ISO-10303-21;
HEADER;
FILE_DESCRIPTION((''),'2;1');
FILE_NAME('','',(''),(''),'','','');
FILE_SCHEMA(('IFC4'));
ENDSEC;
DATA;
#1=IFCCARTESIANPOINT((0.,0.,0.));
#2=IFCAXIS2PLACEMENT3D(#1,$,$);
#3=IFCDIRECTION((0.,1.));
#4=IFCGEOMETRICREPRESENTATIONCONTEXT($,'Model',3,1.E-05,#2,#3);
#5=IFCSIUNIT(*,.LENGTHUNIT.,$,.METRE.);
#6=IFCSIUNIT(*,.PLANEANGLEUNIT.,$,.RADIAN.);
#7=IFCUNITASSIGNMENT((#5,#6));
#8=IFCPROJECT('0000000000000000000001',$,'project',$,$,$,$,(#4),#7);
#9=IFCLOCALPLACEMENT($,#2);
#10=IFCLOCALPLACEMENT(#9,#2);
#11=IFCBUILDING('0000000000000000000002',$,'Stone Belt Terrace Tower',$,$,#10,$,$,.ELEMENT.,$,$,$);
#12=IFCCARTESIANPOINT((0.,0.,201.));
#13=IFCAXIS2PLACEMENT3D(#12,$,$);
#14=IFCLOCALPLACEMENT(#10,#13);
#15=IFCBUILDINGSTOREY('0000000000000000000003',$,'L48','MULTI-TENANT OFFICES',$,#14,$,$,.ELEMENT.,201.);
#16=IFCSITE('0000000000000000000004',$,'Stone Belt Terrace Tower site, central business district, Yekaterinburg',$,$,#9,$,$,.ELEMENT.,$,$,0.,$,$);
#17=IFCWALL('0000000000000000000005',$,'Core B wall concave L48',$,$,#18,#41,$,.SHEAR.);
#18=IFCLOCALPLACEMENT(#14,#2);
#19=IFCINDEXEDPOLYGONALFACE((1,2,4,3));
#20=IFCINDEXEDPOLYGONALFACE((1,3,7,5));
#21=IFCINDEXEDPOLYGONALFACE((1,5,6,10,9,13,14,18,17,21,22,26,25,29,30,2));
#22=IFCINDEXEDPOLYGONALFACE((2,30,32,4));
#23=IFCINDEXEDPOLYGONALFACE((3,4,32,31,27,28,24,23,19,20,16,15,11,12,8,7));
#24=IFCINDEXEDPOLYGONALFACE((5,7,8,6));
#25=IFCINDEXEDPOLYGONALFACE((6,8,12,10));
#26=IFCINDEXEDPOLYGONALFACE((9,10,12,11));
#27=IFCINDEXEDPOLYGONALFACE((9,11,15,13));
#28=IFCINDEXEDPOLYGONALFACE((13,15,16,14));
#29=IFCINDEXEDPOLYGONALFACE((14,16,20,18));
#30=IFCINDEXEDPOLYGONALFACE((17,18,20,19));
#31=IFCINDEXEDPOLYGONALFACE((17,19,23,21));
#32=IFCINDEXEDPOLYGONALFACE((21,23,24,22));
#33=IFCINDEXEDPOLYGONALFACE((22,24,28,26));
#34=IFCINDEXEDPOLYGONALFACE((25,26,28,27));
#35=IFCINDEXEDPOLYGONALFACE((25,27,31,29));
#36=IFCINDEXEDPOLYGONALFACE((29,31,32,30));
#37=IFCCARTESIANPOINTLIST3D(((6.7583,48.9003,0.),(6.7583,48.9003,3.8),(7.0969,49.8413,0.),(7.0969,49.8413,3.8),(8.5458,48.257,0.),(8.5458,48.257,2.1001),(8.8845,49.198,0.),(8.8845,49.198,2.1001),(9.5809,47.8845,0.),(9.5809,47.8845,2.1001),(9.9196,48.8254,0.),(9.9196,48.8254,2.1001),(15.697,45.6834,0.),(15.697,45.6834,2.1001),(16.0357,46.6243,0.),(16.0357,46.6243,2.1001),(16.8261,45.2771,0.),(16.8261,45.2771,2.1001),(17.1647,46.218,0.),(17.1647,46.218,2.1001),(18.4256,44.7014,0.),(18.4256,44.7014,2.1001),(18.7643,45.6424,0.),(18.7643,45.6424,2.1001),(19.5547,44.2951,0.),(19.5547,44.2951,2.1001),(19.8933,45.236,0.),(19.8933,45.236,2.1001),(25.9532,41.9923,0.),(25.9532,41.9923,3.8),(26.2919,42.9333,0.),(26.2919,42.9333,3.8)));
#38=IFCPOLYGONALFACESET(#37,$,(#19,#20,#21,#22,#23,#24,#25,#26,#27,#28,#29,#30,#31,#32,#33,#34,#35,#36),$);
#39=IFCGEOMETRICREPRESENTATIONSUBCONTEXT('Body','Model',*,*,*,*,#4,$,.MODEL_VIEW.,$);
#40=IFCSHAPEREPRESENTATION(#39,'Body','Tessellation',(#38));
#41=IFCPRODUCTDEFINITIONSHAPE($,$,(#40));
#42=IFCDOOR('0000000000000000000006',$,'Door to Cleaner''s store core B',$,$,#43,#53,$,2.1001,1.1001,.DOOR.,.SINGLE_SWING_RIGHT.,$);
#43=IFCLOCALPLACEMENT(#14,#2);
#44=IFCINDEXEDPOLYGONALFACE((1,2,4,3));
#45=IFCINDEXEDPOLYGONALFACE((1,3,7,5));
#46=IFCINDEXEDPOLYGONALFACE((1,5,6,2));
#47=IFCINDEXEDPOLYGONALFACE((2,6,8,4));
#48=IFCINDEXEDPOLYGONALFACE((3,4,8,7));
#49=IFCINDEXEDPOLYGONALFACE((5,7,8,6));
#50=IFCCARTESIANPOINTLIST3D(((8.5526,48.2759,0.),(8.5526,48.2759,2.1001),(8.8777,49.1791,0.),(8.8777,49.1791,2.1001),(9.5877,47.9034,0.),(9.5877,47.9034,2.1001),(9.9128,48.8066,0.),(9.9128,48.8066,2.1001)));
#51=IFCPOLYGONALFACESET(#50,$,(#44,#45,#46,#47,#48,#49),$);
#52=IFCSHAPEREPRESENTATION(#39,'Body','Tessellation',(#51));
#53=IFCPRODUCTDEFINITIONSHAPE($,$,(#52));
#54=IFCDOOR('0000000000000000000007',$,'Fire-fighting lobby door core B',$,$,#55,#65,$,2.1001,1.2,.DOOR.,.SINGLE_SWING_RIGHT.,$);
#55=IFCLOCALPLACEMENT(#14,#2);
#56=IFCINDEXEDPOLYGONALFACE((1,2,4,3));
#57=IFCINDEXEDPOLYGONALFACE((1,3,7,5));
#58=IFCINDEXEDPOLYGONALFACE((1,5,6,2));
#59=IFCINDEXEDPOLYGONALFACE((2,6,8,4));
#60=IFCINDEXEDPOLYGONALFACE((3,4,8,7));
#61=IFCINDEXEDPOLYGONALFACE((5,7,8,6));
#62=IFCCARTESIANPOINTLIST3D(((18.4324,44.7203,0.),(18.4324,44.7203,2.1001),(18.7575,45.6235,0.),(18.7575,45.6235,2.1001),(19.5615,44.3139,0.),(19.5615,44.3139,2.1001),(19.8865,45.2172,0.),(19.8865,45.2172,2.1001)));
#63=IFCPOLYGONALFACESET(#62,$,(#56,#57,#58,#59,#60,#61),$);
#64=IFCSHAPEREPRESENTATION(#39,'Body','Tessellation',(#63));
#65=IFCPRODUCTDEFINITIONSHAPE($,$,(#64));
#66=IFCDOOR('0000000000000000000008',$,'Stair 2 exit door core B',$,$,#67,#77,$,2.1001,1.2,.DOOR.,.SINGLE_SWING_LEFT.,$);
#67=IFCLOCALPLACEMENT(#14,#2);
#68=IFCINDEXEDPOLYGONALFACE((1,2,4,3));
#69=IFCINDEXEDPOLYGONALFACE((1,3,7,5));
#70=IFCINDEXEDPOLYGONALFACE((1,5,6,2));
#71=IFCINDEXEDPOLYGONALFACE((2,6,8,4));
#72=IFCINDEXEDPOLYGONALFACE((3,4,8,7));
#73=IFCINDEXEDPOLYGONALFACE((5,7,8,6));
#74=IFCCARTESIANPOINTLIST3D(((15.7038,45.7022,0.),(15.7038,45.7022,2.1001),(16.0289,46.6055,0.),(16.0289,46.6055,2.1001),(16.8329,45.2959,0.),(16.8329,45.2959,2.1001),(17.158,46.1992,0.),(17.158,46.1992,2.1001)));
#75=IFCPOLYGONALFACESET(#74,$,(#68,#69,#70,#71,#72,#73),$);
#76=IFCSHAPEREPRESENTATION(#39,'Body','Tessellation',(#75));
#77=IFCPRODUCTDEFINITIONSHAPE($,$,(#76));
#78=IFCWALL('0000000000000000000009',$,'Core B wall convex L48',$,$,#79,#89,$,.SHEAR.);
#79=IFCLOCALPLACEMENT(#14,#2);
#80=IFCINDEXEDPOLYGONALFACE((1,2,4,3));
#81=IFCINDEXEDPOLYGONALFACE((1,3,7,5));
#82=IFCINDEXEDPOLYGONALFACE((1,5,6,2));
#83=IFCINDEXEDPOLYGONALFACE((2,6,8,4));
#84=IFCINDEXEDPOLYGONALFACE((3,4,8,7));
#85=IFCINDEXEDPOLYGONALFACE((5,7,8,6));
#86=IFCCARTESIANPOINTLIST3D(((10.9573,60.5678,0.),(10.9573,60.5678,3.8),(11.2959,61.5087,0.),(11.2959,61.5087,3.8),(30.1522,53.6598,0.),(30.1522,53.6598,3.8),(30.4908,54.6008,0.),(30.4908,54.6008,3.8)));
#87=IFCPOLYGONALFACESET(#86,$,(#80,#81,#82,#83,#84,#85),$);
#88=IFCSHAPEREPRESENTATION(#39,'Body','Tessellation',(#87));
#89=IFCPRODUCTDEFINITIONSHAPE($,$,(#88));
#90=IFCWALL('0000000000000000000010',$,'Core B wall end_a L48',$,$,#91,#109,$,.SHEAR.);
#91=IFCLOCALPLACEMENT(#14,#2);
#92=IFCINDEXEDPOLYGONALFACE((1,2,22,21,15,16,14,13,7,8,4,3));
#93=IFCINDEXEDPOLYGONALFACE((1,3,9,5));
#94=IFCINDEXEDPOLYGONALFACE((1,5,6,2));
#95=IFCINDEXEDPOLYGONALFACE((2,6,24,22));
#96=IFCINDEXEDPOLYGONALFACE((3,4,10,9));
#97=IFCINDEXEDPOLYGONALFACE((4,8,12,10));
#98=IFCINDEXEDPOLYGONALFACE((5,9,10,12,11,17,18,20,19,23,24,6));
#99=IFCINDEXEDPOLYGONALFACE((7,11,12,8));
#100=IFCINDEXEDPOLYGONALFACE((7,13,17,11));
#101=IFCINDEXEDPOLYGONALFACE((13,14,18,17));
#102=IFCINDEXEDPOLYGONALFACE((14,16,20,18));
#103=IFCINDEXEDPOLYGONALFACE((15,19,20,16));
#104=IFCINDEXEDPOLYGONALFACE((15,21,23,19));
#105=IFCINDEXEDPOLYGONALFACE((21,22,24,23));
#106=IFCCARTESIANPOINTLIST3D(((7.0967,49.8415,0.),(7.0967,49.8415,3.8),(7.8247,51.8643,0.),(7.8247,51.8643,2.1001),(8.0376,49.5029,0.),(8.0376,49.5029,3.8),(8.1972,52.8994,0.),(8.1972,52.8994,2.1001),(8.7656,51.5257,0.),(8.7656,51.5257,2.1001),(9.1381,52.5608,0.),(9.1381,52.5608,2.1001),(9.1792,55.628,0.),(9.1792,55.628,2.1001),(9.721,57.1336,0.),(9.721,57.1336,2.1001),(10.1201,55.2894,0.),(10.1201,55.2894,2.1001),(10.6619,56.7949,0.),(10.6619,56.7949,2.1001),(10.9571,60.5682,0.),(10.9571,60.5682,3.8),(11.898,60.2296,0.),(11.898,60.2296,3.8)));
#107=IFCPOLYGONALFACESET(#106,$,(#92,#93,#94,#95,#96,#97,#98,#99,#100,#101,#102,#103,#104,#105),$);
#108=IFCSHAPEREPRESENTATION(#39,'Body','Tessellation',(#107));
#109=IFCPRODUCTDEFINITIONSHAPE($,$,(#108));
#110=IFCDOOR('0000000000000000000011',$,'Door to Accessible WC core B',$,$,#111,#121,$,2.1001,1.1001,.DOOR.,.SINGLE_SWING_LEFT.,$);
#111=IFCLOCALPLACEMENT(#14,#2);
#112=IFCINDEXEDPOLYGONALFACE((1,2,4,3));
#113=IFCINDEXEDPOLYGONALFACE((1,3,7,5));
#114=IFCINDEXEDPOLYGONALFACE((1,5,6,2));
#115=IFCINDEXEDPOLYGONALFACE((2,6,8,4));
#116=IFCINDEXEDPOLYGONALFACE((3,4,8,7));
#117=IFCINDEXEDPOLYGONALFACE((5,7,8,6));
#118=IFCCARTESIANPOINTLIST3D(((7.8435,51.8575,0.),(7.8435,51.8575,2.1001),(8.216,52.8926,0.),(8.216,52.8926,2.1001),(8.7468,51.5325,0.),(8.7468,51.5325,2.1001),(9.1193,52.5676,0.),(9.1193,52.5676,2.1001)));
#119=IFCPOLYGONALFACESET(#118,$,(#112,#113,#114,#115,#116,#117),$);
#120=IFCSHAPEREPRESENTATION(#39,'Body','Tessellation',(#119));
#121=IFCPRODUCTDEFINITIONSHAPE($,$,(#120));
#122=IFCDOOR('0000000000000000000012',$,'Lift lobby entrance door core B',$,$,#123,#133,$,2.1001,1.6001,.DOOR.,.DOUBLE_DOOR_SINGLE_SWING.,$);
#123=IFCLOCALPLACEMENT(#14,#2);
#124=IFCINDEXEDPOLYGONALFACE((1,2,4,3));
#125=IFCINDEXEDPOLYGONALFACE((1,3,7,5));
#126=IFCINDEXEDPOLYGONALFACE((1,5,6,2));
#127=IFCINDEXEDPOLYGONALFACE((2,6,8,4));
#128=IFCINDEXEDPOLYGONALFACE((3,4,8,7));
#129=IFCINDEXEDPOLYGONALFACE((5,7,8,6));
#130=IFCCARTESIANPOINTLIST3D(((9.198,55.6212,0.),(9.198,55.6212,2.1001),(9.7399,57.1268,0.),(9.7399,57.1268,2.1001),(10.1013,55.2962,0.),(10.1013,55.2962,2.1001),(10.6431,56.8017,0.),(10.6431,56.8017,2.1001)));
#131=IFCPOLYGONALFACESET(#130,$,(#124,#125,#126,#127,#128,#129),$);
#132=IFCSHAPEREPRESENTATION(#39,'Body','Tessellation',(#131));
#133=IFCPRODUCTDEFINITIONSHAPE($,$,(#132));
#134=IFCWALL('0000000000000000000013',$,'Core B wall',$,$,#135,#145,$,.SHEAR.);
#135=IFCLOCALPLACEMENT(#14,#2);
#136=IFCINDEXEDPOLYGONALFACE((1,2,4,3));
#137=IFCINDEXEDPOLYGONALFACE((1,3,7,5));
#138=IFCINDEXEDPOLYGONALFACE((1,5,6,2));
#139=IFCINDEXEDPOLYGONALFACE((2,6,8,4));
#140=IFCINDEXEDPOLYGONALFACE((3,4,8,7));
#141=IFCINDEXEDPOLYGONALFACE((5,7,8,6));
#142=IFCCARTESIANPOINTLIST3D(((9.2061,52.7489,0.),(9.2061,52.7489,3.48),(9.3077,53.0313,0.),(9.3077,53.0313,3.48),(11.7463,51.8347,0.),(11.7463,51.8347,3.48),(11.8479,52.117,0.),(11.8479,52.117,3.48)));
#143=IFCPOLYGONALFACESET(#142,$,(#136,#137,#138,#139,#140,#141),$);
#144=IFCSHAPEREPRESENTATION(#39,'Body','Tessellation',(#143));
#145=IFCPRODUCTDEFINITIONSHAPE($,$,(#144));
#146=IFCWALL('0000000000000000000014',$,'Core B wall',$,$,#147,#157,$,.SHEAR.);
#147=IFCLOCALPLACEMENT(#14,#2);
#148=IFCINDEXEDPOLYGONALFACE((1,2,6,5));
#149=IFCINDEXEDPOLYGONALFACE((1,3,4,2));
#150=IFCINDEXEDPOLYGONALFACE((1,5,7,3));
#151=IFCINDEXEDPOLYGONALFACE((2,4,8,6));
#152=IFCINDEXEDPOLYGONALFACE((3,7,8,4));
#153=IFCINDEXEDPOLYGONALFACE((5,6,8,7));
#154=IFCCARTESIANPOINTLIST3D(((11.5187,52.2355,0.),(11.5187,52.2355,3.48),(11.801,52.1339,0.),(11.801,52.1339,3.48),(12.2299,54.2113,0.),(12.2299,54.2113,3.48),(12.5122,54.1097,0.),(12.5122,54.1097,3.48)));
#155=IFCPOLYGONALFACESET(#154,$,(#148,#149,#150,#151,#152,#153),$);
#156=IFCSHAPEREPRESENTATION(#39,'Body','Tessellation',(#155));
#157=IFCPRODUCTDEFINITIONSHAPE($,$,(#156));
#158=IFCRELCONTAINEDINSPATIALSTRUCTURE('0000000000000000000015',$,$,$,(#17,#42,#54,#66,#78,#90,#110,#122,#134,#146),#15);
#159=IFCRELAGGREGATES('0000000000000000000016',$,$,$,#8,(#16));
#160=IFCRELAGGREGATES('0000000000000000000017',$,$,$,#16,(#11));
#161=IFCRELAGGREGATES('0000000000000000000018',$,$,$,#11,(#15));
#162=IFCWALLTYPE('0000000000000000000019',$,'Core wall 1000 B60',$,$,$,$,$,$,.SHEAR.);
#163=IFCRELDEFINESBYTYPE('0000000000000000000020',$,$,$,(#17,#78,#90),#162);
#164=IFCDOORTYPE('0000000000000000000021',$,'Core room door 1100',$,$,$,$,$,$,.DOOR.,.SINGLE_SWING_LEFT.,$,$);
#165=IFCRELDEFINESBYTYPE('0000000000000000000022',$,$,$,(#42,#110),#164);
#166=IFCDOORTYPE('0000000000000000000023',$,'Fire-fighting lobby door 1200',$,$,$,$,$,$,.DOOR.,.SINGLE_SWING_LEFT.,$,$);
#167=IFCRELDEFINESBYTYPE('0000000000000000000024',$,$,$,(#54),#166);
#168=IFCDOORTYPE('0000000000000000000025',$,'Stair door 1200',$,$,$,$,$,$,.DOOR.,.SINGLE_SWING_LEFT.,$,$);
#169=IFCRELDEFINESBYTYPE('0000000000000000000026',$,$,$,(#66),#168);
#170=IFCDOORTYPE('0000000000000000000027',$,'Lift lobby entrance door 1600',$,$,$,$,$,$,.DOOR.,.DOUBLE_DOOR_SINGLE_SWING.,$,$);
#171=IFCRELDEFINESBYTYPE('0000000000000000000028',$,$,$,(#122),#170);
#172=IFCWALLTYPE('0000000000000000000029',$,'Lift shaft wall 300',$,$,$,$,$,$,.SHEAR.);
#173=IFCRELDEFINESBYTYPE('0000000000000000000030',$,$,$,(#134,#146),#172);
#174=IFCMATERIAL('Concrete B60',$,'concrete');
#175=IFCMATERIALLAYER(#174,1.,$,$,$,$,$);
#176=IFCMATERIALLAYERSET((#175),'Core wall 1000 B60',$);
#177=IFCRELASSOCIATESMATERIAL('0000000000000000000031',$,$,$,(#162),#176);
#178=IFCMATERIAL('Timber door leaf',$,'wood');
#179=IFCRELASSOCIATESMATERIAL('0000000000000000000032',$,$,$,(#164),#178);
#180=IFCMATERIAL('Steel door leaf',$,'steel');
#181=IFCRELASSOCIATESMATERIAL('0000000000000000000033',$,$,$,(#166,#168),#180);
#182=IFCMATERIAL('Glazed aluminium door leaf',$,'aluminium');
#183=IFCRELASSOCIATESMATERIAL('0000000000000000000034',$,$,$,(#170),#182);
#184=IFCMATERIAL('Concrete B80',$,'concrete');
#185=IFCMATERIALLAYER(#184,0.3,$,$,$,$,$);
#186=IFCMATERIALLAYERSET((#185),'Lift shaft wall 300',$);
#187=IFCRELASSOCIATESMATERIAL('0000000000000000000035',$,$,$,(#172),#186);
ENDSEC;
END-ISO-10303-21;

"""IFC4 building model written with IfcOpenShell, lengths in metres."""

from ifc_helpers import new_model, si_unit, direction, frame, frame_2d, origin, place, context, subcontext, project, spatial, rectangle, extrude, material, layer, layer_set, type_object, element, fill, save


model = new_model("IFC4")

# Units and contexts
model_context = context("Model", 3, precision=1e-05, world=origin(), true_north=direction((0.0, 1.0)))
body_context = subcontext(model_context, "Body", "Model", "MODEL_VIEW")
ifc_project = project(units=[si_unit("LENGTHUNIT", "METRE"), si_unit("PLANEANGLEUNIT", "RADIAN")], contexts=[model_context])

# Site, building, storey
site_placement = place(None, origin())
site = spatial("IfcSite", under=ifc_project, at=site_placement, Name="Stone Belt Terrace Tower site, central business district, Yekaterinburg", CompositionType="ELEMENT", RefElevation=0.0)
building_placement = place(site_placement, origin())
building = spatial("IfcBuilding", under=site, at=building_placement, Name="Stone Belt Terrace Tower", CompositionType="ELEMENT")
storey_placement = place(building_placement, frame((0.0, 0.0, 201.0)))
storey = spatial("IfcBuildingStorey", under=building, at=storey_placement, Name="L48", Description="MULTI-TENANT OFFICES", CompositionType="ELEMENT", Elevation=201.0)

# Shared definitions
ifc_material_1 = material(Name="Concrete B60", Category="concrete")

# Wall, openings, doors
ifc_layer_1 = layer(ifc_material_1, 1.0)
ifc_layer_set_1 = layer_set([ifc_layer_1], Name="Core wall 1000 B60")
wall_type_1 = type_object("IfcWallType", Name="Core wall 1000 B60", PredefinedType="SHEAR", material=ifc_layer_set_1)
wall_1_placement = place(storey_placement, frame((6.9275, 49.3708, 0.0), z_axis=(0.0, 0.0, 1.0), x_axis=(0.940921, -0.338625, 0.0)))
wall_1 = element("IfcWall", 1, at=wall_1_placement, inside=storey, type_object=wall_type_1, Name="Core B wall concave L48", PredefinedType="SHEAR", context=body_context, shape_type="SweptSolid", body=[
    extrude(rectangle(XDim=20.4001, YDim=1.0, at=frame_2d((10.2002, 0.0))), origin(), (0.0, 0.0, 1.0), 3.8),
])
opening_1_placement = place(wall_1_placement, frame((12.3999, 0.0, 0.0)))
opening_1 = element("IfcOpeningElement", 2, at=opening_1_placement, cuts=wall_1, PredefinedType="OPENING", context=body_context, shape_type="SweptSolid", body=[
    extrude(rectangle(XDim=1.2, YDim=2.1001, at=frame_2d((0.6001, 1.05))), frame((0.0, 0.51, 0.0), z_axis=(0.0, -1.0, 0.0), x_axis=(1.0, 0.0, 0.0)), (0.0, 0.0, 1.0), 1.02),
])
opening_2_placement = place(wall_1_placement, frame((9.5, 0.0, 0.0)))
opening_2 = element("IfcOpeningElement", 3, at=opening_2_placement, cuts=wall_1, PredefinedType="OPENING", context=body_context, shape_type="SweptSolid", body=[
    extrude(rectangle(XDim=1.2, YDim=2.1001, at=frame_2d((0.6001, 1.05))), frame((0.0, 0.51, 0.0), z_axis=(0.0, -1.0, 0.0), x_axis=(1.0, 0.0, 0.0)), (0.0, 0.0, 1.0), 1.02),
])
opening_3_placement = place(wall_1_placement, frame((1.8999, 0.0, 0.0)))
opening_3 = element("IfcOpeningElement", 4, at=opening_3_placement, cuts=wall_1, PredefinedType="OPENING", context=body_context, shape_type="SweptSolid", body=[
    extrude(rectangle(XDim=1.1001, YDim=2.1001, at=frame_2d((0.55, 1.05))), frame((0.0, 0.51, 0.0), z_axis=(0.0, -1.0, 0.0), x_axis=(1.0, 0.0, 0.0)), (0.0, 0.0, 1.0), 1.02),
])
ifc_material_2 = material(Name="Timber door leaf", Category="wood")
door_type_1 = type_object("IfcDoorType", Name="Core room door 1100", OperationType="SINGLE_SWING_LEFT", PredefinedType="DOOR", material=ifc_material_2)
door_1_placement = place(opening_3_placement, origin())
door_1 = element("IfcDoor", 5, at=door_1_placement, inside=storey, type_object=door_type_1, Name="Door to Cleaner's store core B", OperationType="SINGLE_SWING_RIGHT", OverallHeight=2.1001, OverallWidth=1.1001, PredefinedType="DOOR", context=body_context, shape_type="SweptSolid", body=[
    extrude(rectangle(XDim=1.1001, YDim=2.1001, at=frame_2d((0.55, 1.05))), frame((0.0, 0.48, 0.0), z_axis=(0.0, -1.0, 0.0), x_axis=(1.0, 0.0, 0.0)), (0.0, 0.0, 1.0), 0.96),
])
fill(opening_3, door_1)
ifc_material_3 = material(Name="Steel door leaf", Category="steel")
door_type_2 = type_object("IfcDoorType", Name="Fire-fighting lobby door 1200", OperationType="SINGLE_SWING_LEFT", PredefinedType="DOOR", material=ifc_material_3)
door_2_placement = place(opening_1_placement, origin())
door_2 = element("IfcDoor", 6, at=door_2_placement, inside=storey, type_object=door_type_2, Name="Fire-fighting lobby door core B", OperationType="SINGLE_SWING_RIGHT", OverallHeight=2.1001, OverallWidth=1.2, PredefinedType="DOOR", context=body_context, shape_type="SweptSolid", body=[
    extrude(rectangle(XDim=1.2, YDim=2.1001, at=frame_2d((0.6001, 1.05))), frame((0.0, 0.48, 0.0), z_axis=(0.0, -1.0, 0.0), x_axis=(1.0, 0.0, 0.0)), (0.0, 0.0, 1.0), 0.96),
])
fill(opening_1, door_2)
door_type_3 = type_object("IfcDoorType", Name="Stair door 1200", OperationType="SINGLE_SWING_LEFT", PredefinedType="DOOR", material=ifc_material_3)
door_3_placement = place(opening_2_placement, origin())
door_3 = element("IfcDoor", 7, at=door_3_placement, inside=storey, type_object=door_type_3, Name="Stair 2 exit door core B", OperationType="SINGLE_SWING_LEFT", OverallHeight=2.1001, OverallWidth=1.2, PredefinedType="DOOR", context=body_context, shape_type="SweptSolid", body=[
    extrude(rectangle(XDim=1.2, YDim=2.1001, at=frame_2d((0.6001, 1.05))), frame((0.0, 0.48, 0.0), z_axis=(0.0, -1.0, 0.0), x_axis=(1.0, 0.0, 0.0)), (0.0, 0.0, 1.0), 0.96),
])
fill(opening_2, door_3)

# Wall
wall_2_placement = place(storey_placement, frame((11.1265, 61.0383, 0.0), z_axis=(0.0, 0.0, 1.0), x_axis=(0.940921, -0.338625, 0.0)))
element("IfcWall", 8, at=wall_2_placement, inside=storey, type_object=wall_type_1, Name="Core B wall convex L48", PredefinedType="SHEAR", context=body_context, shape_type="SweptSolid", body=[
    extrude(rectangle(XDim=20.4001, YDim=1.0, at=frame_2d((10.2002, 0.0))), origin(), (0.0, 0.0, 1.0), 3.8),
])

# Wall, openings, doors
wall_3_placement = place(storey_placement, frame((7.5671, 49.6721, 0.0), z_axis=(0.0, 0.0, 1.0), x_axis=(0.338625, 0.940921, 0.0)))
wall_3 = element("IfcWall", 9, at=wall_3_placement, inside=storey, type_object=wall_type_1, Name="Core B wall end_a L48", PredefinedType="SHEAR", context=body_context, shape_type="SweptSolid", body=[
    extrude(rectangle(XDim=11.4001, YDim=1.0, at=frame_2d((5.7002, 0.0))), origin(), (0.0, 0.0, 1.0), 3.8),
])
opening_4_placement = place(wall_3_placement, frame((6.1499, 0.0, 0.0)))
opening_4 = element("IfcOpeningElement", 10, at=opening_4_placement, cuts=wall_3, PredefinedType="OPENING", context=body_context, shape_type="SweptSolid", body=[
    extrude(rectangle(XDim=1.6001, YDim=2.1001, at=frame_2d((0.8, 1.05))), frame((0.0, 0.51, 0.0), z_axis=(0.0, -1.0, 0.0), x_axis=(1.0, 0.0, 0.0)), (0.0, 0.0, 1.0), 1.02),
])
opening_5_placement = place(wall_3_placement, frame((2.1499, 0.0, 0.0)))
opening_5 = element("IfcOpeningElement", 11, at=opening_5_placement, cuts=wall_3, PredefinedType="OPENING", context=body_context, shape_type="SweptSolid", body=[
    extrude(rectangle(XDim=1.1001, YDim=2.1001, at=frame_2d((0.55, 1.05))), frame((0.0, 0.51, 0.0), z_axis=(0.0, -1.0, 0.0), x_axis=(1.0, 0.0, 0.0)), (0.0, 0.0, 1.0), 1.02),
])
door_4_placement = place(opening_5_placement, origin())
door_4 = element("IfcDoor", 12, at=door_4_placement, inside=storey, type_object=door_type_1, Name="Door to Accessible WC core B", OperationType="SINGLE_SWING_LEFT", OverallHeight=2.1001, OverallWidth=1.1001, PredefinedType="DOOR", context=body_context, shape_type="SweptSolid", body=[
    extrude(rectangle(XDim=1.1001, YDim=2.1001, at=frame_2d((0.55, 1.05))), frame((0.0, 0.48, 0.0), z_axis=(0.0, -1.0, 0.0), x_axis=(1.0, 0.0, 0.0)), (0.0, 0.0, 1.0), 0.96),
])
fill(opening_5, door_4)
ifc_material_4 = material(Name="Glazed aluminium door leaf", Category="aluminium")
door_type_4 = type_object("IfcDoorType", Name="Lift lobby entrance door 1600", OperationType="DOUBLE_DOOR_SINGLE_SWING", PredefinedType="DOOR", material=ifc_material_4)
door_5_placement = place(opening_4_placement, origin())
door_5 = element("IfcDoor", 13, at=door_5_placement, inside=storey, type_object=door_type_4, Name="Lift lobby entrance door core B", OperationType="DOUBLE_DOOR_SINGLE_SWING", OverallHeight=2.1001, OverallWidth=1.6001, PredefinedType="DOOR", context=body_context, shape_type="SweptSolid", body=[
    extrude(rectangle(XDim=1.6001, YDim=2.1001, at=frame_2d((0.8, 1.05))), frame((0.0, 0.48, 0.0), z_axis=(0.0, -1.0, 0.0), x_axis=(1.0, 0.0, 0.0)), (0.0, 0.0, 1.0), 0.96),
])
fill(opening_4, door_5)

# Walls
ifc_material_5 = material(Name="Concrete B80", Category="concrete")
ifc_layer_2 = layer(ifc_material_5, 0.3)
ifc_layer_set_2 = layer_set([ifc_layer_2], Name="Lift shaft wall 300")
wall_type_2 = type_object("IfcWallType", Name="Lift shaft wall 300", PredefinedType="SHEAR", material=ifc_layer_set_2)
wall_4_placement = place(storey_placement, frame((11.7971, 51.9758, 0.0), z_axis=(0.0, 0.0, 1.0), x_axis=(-0.94091, 0.338655, 0.0)))
element("IfcWall", 14, at=wall_4_placement, inside=storey, type_object=wall_type_2, Name="Core B wall", PredefinedType="SHEAR", context=body_context, shape_type="SweptSolid", body=[
    extrude(rectangle(XDim=2.6997, YDim=0.3, at=frame_2d((1.3499, 0.0))), origin(), (0.0, 0.0, 1.0), 3.48),
])
wall_5_placement = place(storey_placement, frame((11.6599, 52.1848, 0.0), z_axis=(0.0, 0.0, 1.0), x_axis=(0.33867, 0.940905, 0.0)))
element("IfcWall", 15, at=wall_5_placement, inside=storey, type_object=wall_type_2, Name="Core B wall", PredefinedType="SHEAR", context=body_context, shape_type="SweptSolid", body=[
    extrude(rectangle(XDim=2.0999, YDim=0.3, at=frame_2d((1.0498, 0.0))), origin(), (0.0, 0.0, 1.0), 3.48),
])

save(model, "model.ifc")
